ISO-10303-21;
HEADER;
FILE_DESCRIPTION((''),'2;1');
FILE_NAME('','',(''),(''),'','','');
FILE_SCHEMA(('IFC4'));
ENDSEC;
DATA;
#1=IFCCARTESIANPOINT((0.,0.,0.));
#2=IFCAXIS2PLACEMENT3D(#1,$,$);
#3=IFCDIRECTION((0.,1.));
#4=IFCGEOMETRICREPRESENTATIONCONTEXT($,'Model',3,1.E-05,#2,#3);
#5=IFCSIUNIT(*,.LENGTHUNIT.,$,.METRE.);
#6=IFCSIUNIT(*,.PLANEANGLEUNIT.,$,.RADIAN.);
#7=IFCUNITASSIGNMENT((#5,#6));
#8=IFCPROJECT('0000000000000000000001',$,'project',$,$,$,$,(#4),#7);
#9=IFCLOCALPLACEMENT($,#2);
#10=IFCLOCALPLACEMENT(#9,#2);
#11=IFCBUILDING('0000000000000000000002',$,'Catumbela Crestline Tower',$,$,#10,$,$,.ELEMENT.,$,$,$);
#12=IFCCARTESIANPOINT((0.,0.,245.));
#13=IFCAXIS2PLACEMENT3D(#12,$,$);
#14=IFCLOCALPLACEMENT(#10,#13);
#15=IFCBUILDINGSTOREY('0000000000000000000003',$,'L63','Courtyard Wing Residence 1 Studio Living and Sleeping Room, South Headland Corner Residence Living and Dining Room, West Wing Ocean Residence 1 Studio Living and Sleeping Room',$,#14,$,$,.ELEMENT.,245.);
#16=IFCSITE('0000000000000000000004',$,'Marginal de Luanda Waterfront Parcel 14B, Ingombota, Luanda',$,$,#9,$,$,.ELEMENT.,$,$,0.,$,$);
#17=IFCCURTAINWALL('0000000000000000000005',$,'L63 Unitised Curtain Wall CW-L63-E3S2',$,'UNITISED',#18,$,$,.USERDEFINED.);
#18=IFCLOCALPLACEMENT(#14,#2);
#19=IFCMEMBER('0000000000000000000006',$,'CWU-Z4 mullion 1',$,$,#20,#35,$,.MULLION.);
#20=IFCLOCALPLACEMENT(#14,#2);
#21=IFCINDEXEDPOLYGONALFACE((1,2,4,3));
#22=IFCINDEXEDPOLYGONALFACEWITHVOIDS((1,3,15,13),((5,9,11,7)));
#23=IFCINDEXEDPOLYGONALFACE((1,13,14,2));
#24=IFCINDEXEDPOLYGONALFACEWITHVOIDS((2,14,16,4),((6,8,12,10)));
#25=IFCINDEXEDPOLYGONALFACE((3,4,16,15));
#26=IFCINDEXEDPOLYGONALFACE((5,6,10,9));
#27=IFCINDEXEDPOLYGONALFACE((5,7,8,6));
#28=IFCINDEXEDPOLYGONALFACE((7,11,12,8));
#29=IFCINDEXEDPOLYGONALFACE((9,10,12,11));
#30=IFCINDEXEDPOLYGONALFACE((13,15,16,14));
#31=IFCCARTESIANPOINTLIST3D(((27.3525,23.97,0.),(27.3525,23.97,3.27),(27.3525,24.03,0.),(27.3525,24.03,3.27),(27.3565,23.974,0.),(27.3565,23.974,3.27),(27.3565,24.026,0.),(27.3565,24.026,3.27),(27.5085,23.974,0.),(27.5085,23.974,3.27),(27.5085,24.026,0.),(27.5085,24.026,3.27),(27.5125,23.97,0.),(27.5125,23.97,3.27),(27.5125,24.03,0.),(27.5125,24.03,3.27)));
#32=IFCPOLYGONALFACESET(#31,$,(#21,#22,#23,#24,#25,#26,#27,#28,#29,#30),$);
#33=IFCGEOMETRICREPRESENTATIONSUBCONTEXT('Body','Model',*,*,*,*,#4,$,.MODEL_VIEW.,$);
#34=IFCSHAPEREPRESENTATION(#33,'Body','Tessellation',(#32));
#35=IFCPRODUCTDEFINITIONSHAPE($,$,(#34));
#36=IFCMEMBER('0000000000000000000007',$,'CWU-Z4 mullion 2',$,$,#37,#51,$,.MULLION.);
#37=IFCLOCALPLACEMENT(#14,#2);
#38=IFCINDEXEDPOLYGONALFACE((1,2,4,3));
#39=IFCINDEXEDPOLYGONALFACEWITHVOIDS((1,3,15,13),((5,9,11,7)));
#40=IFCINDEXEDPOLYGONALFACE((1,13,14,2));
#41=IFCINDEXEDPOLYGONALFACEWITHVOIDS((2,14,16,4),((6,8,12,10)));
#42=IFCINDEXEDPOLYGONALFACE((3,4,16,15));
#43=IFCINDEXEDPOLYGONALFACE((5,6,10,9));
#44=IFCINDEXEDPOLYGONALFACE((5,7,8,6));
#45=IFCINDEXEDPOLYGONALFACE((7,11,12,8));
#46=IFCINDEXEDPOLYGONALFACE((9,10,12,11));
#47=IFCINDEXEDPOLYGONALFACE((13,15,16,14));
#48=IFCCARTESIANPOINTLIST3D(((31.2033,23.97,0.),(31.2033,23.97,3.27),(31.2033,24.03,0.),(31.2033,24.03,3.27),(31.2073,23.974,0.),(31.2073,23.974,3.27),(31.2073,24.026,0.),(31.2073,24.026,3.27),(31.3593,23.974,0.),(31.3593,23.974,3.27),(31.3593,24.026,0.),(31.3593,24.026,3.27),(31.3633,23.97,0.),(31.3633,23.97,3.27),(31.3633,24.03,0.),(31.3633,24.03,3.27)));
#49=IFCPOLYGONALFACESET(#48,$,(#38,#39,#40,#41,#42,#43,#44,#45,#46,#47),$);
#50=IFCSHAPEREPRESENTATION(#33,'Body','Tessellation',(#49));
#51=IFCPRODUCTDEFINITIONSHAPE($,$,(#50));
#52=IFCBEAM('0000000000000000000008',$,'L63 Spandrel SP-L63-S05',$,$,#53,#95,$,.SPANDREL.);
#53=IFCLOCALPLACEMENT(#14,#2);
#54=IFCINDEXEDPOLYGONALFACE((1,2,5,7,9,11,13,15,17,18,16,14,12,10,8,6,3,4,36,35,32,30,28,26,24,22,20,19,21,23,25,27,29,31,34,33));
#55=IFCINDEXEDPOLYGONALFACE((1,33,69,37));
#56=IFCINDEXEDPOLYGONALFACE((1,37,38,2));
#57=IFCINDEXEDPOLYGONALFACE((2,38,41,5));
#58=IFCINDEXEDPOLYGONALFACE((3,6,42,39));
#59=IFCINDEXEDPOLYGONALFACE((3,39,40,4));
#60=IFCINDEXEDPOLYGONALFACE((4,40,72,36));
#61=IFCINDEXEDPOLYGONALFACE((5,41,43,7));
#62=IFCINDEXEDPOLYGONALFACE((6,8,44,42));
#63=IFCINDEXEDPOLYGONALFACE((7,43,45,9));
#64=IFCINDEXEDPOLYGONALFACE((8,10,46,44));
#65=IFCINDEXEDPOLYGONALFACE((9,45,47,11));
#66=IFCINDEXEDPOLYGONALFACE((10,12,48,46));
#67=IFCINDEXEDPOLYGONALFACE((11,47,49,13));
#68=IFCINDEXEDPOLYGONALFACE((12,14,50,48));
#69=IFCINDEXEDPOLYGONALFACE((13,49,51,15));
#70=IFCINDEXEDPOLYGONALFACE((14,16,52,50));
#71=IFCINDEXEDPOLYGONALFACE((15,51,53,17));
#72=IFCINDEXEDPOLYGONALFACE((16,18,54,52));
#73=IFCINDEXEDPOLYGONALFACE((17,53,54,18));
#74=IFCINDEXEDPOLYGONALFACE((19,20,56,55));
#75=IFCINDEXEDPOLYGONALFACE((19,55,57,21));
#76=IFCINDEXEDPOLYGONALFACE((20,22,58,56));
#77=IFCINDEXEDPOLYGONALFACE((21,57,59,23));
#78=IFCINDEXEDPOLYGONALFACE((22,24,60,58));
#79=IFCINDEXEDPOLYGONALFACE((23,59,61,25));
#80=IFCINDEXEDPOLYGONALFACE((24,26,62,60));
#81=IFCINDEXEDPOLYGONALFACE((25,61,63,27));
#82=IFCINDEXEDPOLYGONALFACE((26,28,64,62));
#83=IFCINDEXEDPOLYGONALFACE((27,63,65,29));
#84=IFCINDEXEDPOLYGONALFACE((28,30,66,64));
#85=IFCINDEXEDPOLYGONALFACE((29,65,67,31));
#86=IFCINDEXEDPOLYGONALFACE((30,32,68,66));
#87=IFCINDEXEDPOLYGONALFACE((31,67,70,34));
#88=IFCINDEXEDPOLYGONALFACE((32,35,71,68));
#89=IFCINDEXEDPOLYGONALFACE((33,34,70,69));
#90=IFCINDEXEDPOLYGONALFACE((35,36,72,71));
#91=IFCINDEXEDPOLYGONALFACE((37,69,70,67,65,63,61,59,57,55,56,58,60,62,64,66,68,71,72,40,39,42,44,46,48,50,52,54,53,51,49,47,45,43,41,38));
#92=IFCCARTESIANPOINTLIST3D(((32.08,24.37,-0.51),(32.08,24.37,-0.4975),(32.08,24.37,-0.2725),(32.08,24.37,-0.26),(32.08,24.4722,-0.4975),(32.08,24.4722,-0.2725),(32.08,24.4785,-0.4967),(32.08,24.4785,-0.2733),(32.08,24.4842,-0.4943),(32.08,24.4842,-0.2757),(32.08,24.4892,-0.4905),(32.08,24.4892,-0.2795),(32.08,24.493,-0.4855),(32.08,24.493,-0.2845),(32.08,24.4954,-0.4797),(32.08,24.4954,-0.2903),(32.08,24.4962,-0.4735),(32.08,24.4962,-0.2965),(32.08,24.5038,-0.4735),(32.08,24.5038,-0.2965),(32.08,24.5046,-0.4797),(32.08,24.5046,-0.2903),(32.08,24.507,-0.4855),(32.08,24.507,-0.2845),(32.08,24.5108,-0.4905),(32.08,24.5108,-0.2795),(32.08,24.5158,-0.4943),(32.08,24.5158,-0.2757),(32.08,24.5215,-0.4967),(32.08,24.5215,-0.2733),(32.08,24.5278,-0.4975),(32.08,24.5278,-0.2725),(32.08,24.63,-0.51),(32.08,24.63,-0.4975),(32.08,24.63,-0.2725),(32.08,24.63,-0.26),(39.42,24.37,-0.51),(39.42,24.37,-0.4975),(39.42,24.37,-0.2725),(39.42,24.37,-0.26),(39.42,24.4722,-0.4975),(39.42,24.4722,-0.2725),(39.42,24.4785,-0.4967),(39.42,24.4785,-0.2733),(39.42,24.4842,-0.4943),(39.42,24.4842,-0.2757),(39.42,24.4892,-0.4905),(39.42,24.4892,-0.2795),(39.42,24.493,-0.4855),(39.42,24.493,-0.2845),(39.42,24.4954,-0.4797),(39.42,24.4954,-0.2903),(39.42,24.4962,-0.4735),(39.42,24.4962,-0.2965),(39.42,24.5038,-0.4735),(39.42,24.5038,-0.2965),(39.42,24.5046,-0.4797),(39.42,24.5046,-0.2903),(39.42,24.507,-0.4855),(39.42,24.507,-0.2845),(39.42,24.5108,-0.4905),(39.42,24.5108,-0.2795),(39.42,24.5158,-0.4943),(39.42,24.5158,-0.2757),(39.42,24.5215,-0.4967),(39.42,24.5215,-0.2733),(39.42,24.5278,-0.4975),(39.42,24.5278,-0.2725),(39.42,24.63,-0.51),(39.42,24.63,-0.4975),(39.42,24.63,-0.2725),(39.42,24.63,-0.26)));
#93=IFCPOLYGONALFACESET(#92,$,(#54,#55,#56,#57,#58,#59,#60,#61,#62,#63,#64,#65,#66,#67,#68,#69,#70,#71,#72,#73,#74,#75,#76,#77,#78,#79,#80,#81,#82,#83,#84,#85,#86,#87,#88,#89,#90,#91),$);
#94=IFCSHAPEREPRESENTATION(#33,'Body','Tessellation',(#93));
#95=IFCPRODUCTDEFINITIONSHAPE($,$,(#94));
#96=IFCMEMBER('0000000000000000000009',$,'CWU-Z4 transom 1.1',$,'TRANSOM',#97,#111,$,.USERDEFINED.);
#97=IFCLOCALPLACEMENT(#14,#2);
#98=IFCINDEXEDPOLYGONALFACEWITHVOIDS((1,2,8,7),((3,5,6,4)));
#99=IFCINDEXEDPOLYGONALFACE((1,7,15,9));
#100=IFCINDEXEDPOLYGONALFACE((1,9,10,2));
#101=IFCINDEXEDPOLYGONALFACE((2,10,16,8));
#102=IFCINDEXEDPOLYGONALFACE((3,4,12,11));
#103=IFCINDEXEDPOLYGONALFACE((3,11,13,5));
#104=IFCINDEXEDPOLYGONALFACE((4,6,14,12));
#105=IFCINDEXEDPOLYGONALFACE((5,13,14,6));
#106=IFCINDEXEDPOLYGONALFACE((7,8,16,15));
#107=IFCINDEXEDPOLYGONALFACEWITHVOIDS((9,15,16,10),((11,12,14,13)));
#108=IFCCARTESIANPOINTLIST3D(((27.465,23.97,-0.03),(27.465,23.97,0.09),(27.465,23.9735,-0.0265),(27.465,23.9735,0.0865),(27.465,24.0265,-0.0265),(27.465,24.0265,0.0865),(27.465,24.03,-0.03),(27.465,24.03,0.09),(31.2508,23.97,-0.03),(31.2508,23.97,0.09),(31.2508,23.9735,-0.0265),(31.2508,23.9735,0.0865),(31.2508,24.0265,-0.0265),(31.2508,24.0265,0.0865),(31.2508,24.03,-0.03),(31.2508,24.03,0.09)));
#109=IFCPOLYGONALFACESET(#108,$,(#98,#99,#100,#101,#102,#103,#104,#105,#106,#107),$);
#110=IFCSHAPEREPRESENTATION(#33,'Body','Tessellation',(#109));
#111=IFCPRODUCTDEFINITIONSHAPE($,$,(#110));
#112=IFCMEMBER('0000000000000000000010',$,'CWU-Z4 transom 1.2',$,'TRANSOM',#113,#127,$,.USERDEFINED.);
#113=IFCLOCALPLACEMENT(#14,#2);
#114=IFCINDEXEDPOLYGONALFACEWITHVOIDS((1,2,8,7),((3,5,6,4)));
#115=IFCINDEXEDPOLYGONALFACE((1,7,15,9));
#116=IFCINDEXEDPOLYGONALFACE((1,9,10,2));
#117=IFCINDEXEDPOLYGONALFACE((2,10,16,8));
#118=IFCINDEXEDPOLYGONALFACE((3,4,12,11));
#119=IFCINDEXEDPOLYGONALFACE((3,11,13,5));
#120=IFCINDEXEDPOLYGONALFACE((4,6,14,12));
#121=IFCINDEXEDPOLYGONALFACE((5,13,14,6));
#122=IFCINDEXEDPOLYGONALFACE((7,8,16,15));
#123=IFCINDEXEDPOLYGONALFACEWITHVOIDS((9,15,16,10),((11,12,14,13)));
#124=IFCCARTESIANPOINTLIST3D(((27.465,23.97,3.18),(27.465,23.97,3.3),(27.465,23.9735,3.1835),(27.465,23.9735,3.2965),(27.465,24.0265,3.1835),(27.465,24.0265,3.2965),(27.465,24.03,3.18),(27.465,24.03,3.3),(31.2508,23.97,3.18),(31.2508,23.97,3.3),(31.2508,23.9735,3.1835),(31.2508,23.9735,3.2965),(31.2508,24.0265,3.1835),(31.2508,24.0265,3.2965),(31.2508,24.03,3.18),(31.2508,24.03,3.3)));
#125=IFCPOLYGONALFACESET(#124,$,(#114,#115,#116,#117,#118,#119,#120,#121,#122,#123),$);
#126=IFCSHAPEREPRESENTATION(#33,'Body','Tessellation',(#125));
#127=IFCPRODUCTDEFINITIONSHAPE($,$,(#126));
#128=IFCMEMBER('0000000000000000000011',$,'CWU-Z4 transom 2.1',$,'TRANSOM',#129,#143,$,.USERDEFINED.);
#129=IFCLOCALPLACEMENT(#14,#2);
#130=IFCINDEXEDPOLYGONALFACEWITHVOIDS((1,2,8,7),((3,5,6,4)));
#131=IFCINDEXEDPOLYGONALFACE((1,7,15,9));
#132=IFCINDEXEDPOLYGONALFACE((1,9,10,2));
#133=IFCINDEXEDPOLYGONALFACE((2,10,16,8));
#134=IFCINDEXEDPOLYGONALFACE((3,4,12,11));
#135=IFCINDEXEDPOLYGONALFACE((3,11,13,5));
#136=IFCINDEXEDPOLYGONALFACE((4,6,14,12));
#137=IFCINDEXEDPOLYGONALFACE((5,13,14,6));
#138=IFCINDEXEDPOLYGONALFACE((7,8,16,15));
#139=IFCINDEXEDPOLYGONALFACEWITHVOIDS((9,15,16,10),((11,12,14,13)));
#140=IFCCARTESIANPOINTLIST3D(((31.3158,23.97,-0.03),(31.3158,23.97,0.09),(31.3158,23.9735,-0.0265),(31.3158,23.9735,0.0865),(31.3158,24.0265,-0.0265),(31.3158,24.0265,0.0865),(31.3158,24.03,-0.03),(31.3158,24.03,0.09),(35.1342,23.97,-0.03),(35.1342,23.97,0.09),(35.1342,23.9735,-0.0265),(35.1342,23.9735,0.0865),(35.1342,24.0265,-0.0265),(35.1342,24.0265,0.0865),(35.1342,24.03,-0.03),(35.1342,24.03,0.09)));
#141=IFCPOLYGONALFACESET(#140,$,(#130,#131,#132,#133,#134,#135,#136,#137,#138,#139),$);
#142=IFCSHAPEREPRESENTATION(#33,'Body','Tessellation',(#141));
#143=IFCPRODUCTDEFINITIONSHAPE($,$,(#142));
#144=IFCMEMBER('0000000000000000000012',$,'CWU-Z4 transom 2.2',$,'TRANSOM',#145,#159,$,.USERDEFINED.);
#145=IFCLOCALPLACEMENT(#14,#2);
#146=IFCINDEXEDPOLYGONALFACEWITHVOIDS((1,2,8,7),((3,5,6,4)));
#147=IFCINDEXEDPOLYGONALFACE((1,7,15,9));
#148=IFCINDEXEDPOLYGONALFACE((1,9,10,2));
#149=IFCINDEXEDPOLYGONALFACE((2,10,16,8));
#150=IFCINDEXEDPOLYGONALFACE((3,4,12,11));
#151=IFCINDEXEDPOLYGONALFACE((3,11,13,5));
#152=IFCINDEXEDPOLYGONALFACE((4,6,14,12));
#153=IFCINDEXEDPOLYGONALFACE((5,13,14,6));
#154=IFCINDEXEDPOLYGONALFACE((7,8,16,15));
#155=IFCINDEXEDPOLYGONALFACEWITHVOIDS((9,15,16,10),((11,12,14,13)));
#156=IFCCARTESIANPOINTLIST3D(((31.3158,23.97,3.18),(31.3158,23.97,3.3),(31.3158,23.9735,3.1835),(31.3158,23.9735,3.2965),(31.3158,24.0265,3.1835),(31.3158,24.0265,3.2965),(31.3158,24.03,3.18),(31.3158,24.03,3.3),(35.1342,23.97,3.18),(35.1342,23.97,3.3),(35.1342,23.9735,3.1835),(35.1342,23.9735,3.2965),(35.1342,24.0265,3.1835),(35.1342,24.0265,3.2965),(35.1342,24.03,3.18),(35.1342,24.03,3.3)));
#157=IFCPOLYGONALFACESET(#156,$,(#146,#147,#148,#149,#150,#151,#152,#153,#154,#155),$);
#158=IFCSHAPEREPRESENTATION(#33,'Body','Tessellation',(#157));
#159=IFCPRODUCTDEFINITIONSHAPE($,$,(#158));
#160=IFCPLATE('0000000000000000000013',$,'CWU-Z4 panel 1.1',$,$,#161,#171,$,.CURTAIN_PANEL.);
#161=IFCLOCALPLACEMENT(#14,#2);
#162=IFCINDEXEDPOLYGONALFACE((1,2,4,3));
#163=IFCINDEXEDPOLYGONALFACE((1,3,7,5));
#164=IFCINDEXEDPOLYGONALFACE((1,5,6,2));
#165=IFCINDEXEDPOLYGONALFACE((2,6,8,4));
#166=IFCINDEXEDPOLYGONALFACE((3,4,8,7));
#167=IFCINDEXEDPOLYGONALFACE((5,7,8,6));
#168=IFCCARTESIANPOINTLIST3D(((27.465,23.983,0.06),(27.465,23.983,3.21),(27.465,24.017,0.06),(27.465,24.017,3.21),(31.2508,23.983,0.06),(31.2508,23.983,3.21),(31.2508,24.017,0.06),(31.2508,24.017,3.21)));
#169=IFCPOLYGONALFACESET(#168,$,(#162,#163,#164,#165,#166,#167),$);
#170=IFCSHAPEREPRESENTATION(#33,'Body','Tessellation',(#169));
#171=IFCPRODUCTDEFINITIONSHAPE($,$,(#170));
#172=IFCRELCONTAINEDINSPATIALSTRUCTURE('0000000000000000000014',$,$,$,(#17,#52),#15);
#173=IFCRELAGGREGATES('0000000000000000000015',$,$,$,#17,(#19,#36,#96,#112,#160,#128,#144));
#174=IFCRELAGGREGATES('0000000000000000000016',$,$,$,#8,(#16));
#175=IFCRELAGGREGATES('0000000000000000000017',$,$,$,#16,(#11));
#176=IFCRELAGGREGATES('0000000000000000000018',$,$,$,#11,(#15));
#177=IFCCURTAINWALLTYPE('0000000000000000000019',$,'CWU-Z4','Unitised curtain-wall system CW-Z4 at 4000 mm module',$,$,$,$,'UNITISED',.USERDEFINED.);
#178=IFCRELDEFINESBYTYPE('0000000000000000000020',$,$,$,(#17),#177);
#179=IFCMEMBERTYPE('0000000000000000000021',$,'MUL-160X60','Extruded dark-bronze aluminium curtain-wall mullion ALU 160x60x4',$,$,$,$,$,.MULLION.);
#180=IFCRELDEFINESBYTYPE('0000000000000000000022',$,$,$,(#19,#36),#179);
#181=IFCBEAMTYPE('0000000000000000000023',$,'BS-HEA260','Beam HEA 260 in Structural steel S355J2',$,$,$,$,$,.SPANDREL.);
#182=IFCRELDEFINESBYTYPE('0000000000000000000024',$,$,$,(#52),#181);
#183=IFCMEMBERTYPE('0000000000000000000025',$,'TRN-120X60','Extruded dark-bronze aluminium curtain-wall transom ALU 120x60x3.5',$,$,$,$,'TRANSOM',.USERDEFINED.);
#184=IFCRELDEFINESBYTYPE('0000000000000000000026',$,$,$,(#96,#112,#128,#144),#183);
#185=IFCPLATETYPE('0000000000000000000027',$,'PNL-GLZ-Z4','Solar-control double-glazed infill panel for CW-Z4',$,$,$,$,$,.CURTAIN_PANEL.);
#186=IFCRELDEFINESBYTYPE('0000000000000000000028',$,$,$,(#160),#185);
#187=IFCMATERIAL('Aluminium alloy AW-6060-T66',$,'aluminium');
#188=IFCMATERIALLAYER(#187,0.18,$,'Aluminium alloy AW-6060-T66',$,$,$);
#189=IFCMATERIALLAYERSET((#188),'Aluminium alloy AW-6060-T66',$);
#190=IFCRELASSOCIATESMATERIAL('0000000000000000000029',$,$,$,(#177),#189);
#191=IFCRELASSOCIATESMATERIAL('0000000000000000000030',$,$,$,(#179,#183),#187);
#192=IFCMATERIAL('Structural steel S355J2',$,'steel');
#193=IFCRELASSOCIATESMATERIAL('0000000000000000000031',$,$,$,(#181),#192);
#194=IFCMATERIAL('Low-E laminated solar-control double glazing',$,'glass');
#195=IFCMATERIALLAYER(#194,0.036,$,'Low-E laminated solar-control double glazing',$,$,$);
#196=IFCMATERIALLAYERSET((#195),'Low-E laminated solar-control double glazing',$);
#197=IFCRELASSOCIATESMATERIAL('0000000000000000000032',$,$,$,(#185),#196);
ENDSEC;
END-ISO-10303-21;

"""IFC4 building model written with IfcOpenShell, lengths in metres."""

from ifc_helpers import new_model, si_unit, direction, frame, origin, origin_2d, place, context, subcontext, project, spatial, rectangle, hollow_rectangle, i_section, extrude, material, layer, layer_set, material_profile, profile_set, type_object, element, aggregate, save


model = new_model("IFC4")

# Units and contexts
model_context = context("Model", 3, precision=1e-05, world=origin(), true_north=direction((0.0, 1.0)))
body_context = subcontext(model_context, "Body", "Model", "MODEL_VIEW")
ifc_project = project(units=[si_unit("LENGTHUNIT", "METRE"), si_unit("PLANEANGLEUNIT", "RADIAN")], contexts=[model_context])

# Site, building, storey
site_placement = place(None, origin())
site = spatial("IfcSite", under=ifc_project, at=site_placement, Name="Marginal de Luanda Waterfront Parcel 14B, Ingombota, Luanda", CompositionType="ELEMENT", RefElevation=0.0)
building_placement = place(site_placement, origin())
building = spatial("IfcBuilding", under=site, at=building_placement, Name="Catumbela Crestline Tower", CompositionType="ELEMENT")
storey_placement = place(building_placement, frame((0.0, 0.0, 245.0)))
storey = spatial("IfcBuildingStorey", under=building, at=storey_placement, Name="L63", Description="Courtyard Wing Residence 1 Studio Living and Sleeping Room, South Headland Corner Residence Living and Dining Room, West Wing Ocean Residence 1 Studio Living and Sleeping Room", CompositionType="ELEMENT", Elevation=245.0)

# Shared definitions
ifc_material_1 = material(Name="Structural steel S355J2", Category="steel")

# Curtain wall, members
ifc_material_2 = material(Name="Aluminium alloy AW-6060-T66", Category="aluminium")
ifc_layer_1 = layer(ifc_material_2, 0.18, Name="Aluminium alloy AW-6060-T66")
ifc_layer_set_1 = layer_set([ifc_layer_1], Name="Aluminium alloy AW-6060-T66")
curtain_wall_type = type_object("IfcCurtainWallType", Name="CWU-Z4", Description="Unitised curtain-wall system CW-Z4 at 4000 mm module", ElementType="UNITISED", PredefinedType="USERDEFINED", material=ifc_layer_set_1)
curtain_wall_placement = place(storey_placement, origin())
curtain_wall = element("IfcCurtainWall", 1, at=curtain_wall_placement, inside=storey, type_object=curtain_wall_type, Name="L63 Unitised Curtain Wall CW-L63-E3S2", ObjectType="UNITISED", PredefinedType="USERDEFINED")
ifc_material_profile_1 = material_profile(ifc_material_2, hollow_rectangle(XDim=0.06, YDim=0.16, WallThickness=0.004, at=origin_2d()), Name="ALU 160x60x4")
ifc_profile_set_1 = profile_set([ifc_material_profile_1], Name="Aluminium alloy AW-6060-T66")
member_type_1 = type_object("IfcMemberType", Name="MUL-160X60", Description="Extruded dark-bronze aluminium curtain-wall mullion ALU 160x60x4", PredefinedType="MULLION", material=ifc_profile_set_1)
member_1_placement = place(storey_placement, frame((27.4325, 24.0, 0.0), z_axis=(0.0, 0.0, 1.0), x_axis=(0.0, 1.0, 0.0)))
member_1 = element("IfcMember", 2, at=member_1_placement, type_object=member_type_1, Name="CWU-Z4 mullion 1", PredefinedType="MULLION", context=body_context, shape_type="SweptSolid", body=[
    extrude(hollow_rectangle(XDim=0.06, YDim=0.16, WallThickness=0.004, at=origin_2d()), origin(), (0.0, 0.0, 1.0), 3.27),
])
member_2_placement = place(storey_placement, frame((31.2833, 24.0, 0.0), z_axis=(0.0, 0.0, 1.0), x_axis=(0.0, 1.0, 0.0)))
member_2 = element("IfcMember", 3, at=member_2_placement, type_object=member_type_1, Name="CWU-Z4 mullion 2", PredefinedType="MULLION", context=body_context, shape_type="SweptSolid", body=[
    extrude(hollow_rectangle(XDim=0.06, YDim=0.16, WallThickness=0.004, at=origin_2d()), origin(), (0.0, 0.0, 1.0), 3.27),
])

# Beam
ifc_material_profile_2 = material_profile(ifc_material_1, i_section(OverallWidth=0.26, OverallDepth=0.25, WebThickness=0.0075, FlangeThickness=0.0125, FilletRadius=0.024, at=origin_2d()), Name="HEA 260")
ifc_profile_set_2 = profile_set([ifc_material_profile_2], Name="Structural steel S355J2")
beam_type_1 = type_object("IfcBeamType", Name="BS-HEA260", Description="Beam HEA 260 in Structural steel S355J2", PredefinedType="SPANDREL", material=ifc_profile_set_2)
beam_1_placement = place(storey_placement, frame((32.08, 24.5, -0.385), z_axis=(1.0, 0.0, 0.0), x_axis=(0.0, 1.0, 0.0)))
element("IfcBeam", 4, at=beam_1_placement, inside=storey, type_object=beam_type_1, Name="L63 Spandrel SP-L63-S05", PredefinedType="SPANDREL", context=body_context, shape_type="SweptSolid", body=[
    extrude(i_section(OverallWidth=0.26, OverallDepth=0.25, WebThickness=0.0075, FlangeThickness=0.0125, FilletRadius=0.024, at=origin_2d()), origin(), (0.0, 0.0, 1.0), 7.34),
])

# Members
ifc_material_profile_3 = material_profile(ifc_material_2, hollow_rectangle(XDim=0.06, YDim=0.12, WallThickness=0.0035, at=origin_2d()), Name="ALU 120x60x3.5")
ifc_profile_set_3 = profile_set([ifc_material_profile_3], Name="Aluminium alloy AW-6060-T66")
member_type_2 = type_object("IfcMemberType", Name="TRN-120X60", Description="Extruded dark-bronze aluminium curtain-wall transom ALU 120x60x3.5", ElementType="TRANSOM", PredefinedType="USERDEFINED", material=ifc_profile_set_3)
member_3_placement = place(storey_placement, frame((27.465, 24.0, 0.03), z_axis=(1.0, 0.0, 0.0), x_axis=(0.0, 1.0, 0.0)))
member_3 = element("IfcMember", 5, at=member_3_placement, type_object=member_type_2, Name="CWU-Z4 transom 1.1", ObjectType="TRANSOM", PredefinedType="USERDEFINED", context=body_context, shape_type="SweptSolid", body=[
    extrude(hollow_rectangle(XDim=0.06, YDim=0.12, WallThickness=0.0035, at=origin_2d()), origin(), (0.0, 0.0, 1.0), 3.7858),
])
member_4_placement = place(storey_placement, frame((27.465, 24.0, 3.24), z_axis=(1.0, 0.0, 0.0), x_axis=(0.0, 1.0, 0.0)))
member_4 = element("IfcMember", 6, at=member_4_placement, type_object=member_type_2, Name="CWU-Z4 transom 1.2", ObjectType="TRANSOM", PredefinedType="USERDEFINED", context=body_context, shape_type="SweptSolid", body=[
    extrude(hollow_rectangle(XDim=0.06, YDim=0.12, WallThickness=0.0035, at=origin_2d()), origin(), (0.0, 0.0, 1.0), 3.7858),
])
member_5_placement = place(storey_placement, frame((31.3158, 24.0, 0.03), z_axis=(1.0, 0.0, 0.0), x_axis=(0.0, 1.0, 0.0)))
member_5 = element("IfcMember", 7, at=member_5_placement, type_object=member_type_2, Name="CWU-Z4 transom 2.1", ObjectType="TRANSOM", PredefinedType="USERDEFINED", context=body_context, shape_type="SweptSolid", body=[
    extrude(hollow_rectangle(XDim=0.06, YDim=0.12, WallThickness=0.0035, at=origin_2d()), origin(), (0.0, 0.0, 1.0), 3.8184),
])
member_6_placement = place(storey_placement, frame((31.3158, 24.0, 3.24), z_axis=(1.0, 0.0, 0.0), x_axis=(0.0, 1.0, 0.0)))
member_6 = element("IfcMember", 8, at=member_6_placement, type_object=member_type_2, Name="CWU-Z4 transom 2.2", ObjectType="TRANSOM", PredefinedType="USERDEFINED", context=body_context, shape_type="SweptSolid", body=[
    extrude(hollow_rectangle(XDim=0.06, YDim=0.12, WallThickness=0.0035, at=origin_2d()), origin(), (0.0, 0.0, 1.0), 3.8184),
])

# Plate
ifc_material_3 = material(Name="Low-E laminated solar-control double glazing", Category="glass")
ifc_layer_2 = layer(ifc_material_3, 0.036, Name="Low-E laminated solar-control double glazing")
ifc_layer_set_2 = layer_set([ifc_layer_2], Name="Low-E laminated solar-control double glazing")
plate_type = type_object("IfcPlateType", Name="PNL-GLZ-Z4", Description="Solar-control double-glazed infill panel for CW-Z4", PredefinedType="CURTAIN_PANEL", material=ifc_layer_set_2)
plate_placement = place(storey_placement, frame((29.3579, 24.0, 0.06), z_axis=(0.0, 0.0, 1.0), x_axis=(1.0, 0.0, 0.0)))
plate = element("IfcPlate", 9, at=plate_placement, type_object=plate_type, Name="CWU-Z4 panel 1.1", PredefinedType="CURTAIN_PANEL", context=body_context, shape_type="SweptSolid", body=[
    extrude(rectangle(XDim=3.7858, YDim=0.034, at=origin_2d()), origin(), (0.0, 0.0, 1.0), 3.15),
])
aggregate(curtain_wall, [member_1, member_2, member_3, member_4, plate, member_5, member_6])

save(model, "model.ifc")
